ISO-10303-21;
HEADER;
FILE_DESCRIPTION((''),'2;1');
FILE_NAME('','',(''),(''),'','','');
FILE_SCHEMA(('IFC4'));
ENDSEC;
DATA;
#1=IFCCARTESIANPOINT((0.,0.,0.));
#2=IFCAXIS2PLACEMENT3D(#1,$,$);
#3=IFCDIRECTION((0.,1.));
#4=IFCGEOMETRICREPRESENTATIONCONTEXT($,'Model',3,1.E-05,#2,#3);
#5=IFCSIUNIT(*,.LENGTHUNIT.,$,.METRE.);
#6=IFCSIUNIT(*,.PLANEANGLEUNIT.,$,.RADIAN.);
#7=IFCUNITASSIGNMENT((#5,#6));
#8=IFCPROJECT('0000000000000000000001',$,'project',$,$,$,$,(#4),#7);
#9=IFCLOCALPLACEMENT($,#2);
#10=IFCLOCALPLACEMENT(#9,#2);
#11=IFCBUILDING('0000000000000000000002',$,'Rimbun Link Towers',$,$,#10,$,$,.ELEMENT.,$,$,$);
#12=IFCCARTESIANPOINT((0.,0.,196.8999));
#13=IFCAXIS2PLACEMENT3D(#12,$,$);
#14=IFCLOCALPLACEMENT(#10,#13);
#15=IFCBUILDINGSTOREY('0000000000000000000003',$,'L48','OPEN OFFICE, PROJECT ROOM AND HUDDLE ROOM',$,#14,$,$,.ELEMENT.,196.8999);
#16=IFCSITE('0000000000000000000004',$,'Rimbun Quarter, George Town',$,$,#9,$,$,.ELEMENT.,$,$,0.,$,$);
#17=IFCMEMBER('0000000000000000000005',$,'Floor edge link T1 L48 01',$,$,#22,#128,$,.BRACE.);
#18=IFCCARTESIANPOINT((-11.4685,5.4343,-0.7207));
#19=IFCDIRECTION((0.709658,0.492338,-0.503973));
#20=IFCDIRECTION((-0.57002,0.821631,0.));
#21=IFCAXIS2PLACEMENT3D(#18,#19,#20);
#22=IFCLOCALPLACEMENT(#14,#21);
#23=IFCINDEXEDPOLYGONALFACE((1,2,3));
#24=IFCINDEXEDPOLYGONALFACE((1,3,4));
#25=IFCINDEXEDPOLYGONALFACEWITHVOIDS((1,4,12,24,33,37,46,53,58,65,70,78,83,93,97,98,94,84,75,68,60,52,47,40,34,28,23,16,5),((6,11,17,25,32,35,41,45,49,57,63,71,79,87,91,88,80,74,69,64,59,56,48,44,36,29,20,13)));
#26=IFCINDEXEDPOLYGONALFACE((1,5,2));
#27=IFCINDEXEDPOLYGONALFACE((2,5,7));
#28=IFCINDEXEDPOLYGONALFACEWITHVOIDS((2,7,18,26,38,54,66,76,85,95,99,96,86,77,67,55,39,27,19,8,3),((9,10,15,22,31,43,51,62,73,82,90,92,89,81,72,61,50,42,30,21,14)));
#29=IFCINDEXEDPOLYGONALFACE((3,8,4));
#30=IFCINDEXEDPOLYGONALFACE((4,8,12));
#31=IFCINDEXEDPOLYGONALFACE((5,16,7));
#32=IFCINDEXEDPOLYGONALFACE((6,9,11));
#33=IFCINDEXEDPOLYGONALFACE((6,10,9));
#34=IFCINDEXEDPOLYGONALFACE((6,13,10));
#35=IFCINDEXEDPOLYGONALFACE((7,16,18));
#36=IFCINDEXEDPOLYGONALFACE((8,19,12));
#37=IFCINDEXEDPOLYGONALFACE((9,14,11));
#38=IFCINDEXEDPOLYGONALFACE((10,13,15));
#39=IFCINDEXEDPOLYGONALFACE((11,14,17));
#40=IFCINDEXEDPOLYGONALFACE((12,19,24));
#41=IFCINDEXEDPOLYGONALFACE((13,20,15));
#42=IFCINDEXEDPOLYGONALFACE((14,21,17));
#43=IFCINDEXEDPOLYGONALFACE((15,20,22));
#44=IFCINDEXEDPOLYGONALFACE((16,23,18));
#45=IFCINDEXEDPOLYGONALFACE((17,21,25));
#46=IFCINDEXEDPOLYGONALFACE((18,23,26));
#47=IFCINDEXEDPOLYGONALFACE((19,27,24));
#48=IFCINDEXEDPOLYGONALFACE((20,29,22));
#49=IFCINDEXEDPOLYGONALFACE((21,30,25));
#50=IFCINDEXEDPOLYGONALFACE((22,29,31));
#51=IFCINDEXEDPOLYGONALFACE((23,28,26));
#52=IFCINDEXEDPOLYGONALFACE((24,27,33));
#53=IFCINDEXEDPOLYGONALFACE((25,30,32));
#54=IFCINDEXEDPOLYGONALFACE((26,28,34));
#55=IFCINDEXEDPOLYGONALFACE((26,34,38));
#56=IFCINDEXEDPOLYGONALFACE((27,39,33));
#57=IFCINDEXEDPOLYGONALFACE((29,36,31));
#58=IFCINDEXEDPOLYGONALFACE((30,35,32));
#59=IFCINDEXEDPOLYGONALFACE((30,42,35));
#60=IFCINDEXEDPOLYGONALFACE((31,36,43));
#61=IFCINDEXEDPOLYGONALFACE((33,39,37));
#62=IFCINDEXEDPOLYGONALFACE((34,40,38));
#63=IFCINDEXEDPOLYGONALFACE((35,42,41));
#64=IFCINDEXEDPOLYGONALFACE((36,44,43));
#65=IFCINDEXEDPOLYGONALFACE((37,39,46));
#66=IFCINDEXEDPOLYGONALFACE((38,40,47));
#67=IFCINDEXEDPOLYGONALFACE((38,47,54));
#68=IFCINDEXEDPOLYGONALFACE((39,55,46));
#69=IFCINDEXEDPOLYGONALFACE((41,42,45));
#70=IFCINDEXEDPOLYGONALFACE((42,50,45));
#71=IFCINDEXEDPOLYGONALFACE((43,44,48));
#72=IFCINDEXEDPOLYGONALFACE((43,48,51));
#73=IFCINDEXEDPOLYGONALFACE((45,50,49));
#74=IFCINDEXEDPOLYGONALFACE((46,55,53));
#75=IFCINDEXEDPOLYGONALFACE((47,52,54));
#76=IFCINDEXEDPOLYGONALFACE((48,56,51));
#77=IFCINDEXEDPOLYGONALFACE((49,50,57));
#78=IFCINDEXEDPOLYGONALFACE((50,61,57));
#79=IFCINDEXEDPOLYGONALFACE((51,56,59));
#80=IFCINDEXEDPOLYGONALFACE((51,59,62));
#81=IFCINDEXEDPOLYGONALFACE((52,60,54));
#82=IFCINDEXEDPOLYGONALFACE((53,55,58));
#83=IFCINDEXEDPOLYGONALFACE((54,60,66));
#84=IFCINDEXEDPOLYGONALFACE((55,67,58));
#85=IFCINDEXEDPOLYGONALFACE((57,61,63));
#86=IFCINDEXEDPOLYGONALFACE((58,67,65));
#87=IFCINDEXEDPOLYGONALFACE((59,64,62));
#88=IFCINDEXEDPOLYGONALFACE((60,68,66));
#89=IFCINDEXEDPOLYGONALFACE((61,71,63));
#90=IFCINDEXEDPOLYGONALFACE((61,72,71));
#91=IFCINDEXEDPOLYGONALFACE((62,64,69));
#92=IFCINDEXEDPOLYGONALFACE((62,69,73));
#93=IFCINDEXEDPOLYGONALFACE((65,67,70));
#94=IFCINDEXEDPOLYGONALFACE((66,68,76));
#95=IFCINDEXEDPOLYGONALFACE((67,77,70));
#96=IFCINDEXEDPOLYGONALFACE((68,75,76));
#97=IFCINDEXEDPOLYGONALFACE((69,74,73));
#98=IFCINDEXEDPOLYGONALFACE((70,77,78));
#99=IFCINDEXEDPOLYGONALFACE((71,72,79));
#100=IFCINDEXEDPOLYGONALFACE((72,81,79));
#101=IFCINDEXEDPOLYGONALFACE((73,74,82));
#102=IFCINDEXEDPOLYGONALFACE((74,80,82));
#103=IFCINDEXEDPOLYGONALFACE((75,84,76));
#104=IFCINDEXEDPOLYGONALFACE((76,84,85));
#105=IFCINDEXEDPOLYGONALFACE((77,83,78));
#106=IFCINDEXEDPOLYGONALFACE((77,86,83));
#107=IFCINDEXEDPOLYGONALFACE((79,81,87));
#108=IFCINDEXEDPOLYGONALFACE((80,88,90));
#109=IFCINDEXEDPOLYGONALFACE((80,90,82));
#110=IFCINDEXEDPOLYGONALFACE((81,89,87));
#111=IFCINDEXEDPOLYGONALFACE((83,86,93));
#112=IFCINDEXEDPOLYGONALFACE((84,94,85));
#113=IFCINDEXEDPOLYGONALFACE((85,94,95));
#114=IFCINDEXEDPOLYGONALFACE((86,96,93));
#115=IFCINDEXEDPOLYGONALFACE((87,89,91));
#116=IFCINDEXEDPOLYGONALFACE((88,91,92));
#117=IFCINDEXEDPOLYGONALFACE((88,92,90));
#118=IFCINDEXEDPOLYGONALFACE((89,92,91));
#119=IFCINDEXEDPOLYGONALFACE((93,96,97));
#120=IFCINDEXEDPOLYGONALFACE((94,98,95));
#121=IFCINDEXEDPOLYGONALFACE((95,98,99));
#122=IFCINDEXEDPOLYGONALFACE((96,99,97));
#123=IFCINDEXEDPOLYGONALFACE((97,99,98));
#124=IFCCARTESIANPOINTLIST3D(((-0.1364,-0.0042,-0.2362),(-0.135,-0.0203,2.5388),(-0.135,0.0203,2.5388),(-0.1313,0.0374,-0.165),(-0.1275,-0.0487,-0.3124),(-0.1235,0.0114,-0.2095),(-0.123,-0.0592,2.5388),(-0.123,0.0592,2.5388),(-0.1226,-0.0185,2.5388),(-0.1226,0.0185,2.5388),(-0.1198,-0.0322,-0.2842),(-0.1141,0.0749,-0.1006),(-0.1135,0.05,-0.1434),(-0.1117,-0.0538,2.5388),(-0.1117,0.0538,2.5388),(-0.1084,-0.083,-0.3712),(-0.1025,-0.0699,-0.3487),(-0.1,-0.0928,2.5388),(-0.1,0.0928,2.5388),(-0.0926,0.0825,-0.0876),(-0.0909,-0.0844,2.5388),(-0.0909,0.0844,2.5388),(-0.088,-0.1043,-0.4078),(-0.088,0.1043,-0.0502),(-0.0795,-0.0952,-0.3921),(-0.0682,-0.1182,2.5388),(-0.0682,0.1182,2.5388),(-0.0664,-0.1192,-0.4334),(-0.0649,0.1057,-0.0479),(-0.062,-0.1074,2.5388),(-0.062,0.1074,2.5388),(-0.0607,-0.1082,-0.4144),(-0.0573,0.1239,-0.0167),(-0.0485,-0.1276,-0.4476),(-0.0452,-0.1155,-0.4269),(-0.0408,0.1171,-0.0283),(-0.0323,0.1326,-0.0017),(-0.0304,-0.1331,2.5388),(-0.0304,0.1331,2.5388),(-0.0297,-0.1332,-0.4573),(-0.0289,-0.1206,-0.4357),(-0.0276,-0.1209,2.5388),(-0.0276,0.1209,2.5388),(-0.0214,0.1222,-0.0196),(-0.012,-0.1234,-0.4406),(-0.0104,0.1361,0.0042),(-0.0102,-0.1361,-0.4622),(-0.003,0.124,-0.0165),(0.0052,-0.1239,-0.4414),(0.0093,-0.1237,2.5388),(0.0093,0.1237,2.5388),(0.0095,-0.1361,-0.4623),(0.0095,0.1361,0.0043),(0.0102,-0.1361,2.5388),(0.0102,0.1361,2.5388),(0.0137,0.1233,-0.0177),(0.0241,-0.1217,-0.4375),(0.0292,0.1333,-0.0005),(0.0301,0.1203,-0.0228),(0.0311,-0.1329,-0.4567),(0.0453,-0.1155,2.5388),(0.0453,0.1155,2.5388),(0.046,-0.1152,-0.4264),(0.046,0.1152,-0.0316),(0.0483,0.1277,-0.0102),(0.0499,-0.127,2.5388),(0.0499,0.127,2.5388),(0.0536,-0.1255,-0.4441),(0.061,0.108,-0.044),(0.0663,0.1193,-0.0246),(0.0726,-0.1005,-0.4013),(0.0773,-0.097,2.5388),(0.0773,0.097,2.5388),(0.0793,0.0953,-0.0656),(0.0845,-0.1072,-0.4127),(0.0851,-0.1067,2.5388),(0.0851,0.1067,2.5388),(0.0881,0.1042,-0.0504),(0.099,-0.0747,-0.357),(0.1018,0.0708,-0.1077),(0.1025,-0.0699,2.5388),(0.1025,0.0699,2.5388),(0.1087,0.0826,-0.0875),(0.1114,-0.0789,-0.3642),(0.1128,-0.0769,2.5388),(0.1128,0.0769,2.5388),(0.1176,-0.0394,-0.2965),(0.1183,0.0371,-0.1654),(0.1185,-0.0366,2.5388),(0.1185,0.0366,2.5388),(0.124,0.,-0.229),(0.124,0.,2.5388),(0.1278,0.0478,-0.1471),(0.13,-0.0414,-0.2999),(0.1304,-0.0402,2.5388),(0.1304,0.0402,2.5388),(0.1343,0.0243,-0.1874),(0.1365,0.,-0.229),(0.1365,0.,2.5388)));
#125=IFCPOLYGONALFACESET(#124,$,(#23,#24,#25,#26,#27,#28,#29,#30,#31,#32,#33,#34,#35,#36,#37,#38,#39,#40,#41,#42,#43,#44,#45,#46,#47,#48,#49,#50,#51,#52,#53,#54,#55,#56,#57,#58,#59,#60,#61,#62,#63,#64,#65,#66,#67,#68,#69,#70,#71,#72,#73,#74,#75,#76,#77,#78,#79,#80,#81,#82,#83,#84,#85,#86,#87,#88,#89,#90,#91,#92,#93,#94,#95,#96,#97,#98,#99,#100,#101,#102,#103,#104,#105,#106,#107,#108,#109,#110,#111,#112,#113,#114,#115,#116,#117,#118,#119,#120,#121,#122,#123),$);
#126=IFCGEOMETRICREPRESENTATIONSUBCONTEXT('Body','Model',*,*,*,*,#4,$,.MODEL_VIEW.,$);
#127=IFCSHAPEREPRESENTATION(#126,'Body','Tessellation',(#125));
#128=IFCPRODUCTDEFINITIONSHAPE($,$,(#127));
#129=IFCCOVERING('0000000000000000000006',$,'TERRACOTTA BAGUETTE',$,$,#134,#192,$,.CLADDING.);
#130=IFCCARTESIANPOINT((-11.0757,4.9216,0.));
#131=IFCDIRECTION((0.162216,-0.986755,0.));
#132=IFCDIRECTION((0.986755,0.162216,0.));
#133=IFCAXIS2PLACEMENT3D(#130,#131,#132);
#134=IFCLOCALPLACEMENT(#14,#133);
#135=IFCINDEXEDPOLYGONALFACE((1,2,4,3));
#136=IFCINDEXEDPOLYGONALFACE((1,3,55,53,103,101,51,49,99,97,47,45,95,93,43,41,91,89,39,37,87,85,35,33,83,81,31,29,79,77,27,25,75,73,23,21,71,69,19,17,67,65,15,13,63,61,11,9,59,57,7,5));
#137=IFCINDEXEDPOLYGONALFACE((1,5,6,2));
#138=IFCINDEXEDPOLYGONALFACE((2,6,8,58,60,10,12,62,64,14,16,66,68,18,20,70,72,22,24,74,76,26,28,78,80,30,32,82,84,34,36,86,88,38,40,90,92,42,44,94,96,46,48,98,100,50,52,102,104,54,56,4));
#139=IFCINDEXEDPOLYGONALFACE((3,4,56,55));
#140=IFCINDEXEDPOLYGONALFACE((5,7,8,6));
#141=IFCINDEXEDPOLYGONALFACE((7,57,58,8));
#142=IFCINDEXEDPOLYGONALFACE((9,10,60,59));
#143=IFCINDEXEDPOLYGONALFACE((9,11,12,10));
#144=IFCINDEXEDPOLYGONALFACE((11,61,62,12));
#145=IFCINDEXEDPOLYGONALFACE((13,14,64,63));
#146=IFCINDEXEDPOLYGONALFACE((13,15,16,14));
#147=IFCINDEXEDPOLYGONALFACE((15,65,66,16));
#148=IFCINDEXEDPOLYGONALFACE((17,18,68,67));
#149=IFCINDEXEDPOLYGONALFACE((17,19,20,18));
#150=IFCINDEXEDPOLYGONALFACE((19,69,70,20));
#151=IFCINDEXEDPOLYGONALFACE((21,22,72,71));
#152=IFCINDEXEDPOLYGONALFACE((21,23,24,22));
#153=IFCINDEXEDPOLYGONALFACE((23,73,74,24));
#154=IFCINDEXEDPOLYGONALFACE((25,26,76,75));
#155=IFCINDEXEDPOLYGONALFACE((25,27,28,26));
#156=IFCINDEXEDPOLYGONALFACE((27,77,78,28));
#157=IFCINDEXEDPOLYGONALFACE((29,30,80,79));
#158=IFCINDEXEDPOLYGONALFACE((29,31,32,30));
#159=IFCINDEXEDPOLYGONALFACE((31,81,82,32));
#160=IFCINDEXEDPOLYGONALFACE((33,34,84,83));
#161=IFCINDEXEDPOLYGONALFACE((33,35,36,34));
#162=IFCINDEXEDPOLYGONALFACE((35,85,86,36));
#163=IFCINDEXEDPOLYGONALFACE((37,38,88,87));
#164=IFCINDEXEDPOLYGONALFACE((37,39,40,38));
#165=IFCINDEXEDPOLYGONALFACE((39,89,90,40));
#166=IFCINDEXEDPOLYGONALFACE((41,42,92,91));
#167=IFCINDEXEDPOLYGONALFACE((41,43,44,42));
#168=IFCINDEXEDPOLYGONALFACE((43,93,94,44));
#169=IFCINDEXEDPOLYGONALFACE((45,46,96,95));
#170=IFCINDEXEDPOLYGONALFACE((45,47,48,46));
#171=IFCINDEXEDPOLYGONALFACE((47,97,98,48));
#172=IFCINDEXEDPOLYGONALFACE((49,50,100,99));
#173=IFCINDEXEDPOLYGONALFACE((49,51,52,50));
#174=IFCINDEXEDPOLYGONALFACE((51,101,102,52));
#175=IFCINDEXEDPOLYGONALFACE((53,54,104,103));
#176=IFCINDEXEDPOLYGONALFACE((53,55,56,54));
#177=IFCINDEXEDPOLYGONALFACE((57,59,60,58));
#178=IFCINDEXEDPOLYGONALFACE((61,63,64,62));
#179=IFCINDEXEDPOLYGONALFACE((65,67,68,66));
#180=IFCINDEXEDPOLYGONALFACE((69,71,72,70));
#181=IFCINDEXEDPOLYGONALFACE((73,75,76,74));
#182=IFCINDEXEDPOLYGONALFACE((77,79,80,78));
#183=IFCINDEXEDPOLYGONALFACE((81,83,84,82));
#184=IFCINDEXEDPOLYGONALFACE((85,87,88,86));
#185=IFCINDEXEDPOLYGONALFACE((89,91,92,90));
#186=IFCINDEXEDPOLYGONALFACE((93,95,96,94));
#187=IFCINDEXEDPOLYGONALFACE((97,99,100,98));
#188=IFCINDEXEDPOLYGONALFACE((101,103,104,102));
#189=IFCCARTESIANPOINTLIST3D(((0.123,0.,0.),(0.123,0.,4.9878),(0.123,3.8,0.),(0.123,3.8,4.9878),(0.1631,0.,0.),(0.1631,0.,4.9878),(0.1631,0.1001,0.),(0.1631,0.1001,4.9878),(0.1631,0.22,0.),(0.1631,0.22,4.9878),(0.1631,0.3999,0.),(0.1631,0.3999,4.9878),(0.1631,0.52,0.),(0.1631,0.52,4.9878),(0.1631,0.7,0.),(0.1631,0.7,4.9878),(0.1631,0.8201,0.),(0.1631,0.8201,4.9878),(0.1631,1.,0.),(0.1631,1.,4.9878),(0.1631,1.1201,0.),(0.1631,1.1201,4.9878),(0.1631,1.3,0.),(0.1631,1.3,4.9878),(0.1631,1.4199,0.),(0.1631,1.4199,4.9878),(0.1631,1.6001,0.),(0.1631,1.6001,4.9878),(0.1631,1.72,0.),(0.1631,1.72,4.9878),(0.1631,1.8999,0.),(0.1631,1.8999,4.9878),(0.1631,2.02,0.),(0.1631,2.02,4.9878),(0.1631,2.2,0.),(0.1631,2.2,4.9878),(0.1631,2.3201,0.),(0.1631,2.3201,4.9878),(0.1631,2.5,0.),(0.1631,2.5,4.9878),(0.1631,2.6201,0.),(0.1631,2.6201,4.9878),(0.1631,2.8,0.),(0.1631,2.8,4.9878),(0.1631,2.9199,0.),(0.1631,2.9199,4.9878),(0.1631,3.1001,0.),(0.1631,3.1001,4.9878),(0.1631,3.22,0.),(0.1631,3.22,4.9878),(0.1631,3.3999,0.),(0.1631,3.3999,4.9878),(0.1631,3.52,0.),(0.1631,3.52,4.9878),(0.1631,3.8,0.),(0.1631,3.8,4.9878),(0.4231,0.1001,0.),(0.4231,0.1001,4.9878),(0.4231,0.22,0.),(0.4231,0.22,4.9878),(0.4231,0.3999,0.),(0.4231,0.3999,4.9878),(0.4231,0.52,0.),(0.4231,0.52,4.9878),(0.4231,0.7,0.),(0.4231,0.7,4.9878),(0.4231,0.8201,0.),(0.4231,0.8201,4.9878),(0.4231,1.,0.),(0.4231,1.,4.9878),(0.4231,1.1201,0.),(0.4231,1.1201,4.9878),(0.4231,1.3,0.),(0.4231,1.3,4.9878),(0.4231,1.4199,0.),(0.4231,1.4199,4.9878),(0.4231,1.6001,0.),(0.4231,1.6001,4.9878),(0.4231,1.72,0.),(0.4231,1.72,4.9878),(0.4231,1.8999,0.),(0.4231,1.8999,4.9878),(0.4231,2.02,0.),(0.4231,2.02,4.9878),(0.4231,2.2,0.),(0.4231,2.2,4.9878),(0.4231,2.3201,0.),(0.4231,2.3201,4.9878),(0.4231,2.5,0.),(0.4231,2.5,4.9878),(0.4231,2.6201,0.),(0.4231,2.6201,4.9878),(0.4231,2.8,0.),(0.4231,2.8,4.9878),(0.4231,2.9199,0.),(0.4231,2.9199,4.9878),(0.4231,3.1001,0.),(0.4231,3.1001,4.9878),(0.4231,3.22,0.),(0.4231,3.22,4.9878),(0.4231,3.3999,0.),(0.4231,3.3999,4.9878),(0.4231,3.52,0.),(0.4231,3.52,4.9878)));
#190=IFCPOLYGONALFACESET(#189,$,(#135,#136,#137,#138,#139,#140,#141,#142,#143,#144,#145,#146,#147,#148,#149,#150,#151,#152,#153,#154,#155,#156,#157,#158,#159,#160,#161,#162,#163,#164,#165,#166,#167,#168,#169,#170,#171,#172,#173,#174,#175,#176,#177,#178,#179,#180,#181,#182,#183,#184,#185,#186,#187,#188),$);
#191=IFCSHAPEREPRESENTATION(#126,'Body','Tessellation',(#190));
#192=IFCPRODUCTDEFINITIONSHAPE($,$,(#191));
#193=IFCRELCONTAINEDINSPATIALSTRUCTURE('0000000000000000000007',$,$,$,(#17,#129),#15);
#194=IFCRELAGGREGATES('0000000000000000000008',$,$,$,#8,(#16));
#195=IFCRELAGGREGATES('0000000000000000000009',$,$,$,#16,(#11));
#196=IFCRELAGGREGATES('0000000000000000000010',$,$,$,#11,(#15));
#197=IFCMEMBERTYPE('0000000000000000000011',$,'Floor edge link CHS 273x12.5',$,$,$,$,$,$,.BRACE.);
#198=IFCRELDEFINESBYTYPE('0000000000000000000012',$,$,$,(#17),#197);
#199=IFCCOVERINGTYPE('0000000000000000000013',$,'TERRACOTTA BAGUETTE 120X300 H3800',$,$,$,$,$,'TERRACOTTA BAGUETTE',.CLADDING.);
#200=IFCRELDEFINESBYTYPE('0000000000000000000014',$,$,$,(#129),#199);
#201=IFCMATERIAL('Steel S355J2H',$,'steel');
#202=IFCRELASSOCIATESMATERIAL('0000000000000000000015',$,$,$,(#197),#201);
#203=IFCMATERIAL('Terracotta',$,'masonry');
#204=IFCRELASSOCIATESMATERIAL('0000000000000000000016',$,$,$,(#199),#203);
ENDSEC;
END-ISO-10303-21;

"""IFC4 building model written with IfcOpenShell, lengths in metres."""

from ifc_helpers import new_model, si_unit, direction, frame, origin, origin_2d, place, context, subcontext, project, spatial, polyline, hollow_circle, outline, extrude, clip, halfspace, material, material_profile, profile_set, type_object, element, save


model = new_model("IFC4")

# Units and contexts
model_context = context("Model", 3, precision=1e-05, world=origin(), true_north=direction((0.0, 1.0)))
body_context = subcontext(model_context, "Body", "Model", "MODEL_VIEW")
ifc_project = project(units=[si_unit("LENGTHUNIT", "METRE"), si_unit("PLANEANGLEUNIT", "RADIAN")], contexts=[model_context])

# Site, building, storey
site_placement = place(None, origin())
site = spatial("IfcSite", under=ifc_project, at=site_placement, Name="Rimbun Quarter, George Town", CompositionType="ELEMENT", RefElevation=0.0)
building_placement = place(site_placement, origin())
building = spatial("IfcBuilding", under=site, at=building_placement, Name="Rimbun Link Towers", CompositionType="ELEMENT")
storey_placement = place(building_placement, frame((0.0, 0.0, 196.8999)))
storey = spatial("IfcBuildingStorey", under=building, at=storey_placement, Name="L48", Description="OPEN OFFICE, PROJECT ROOM AND HUDDLE ROOM", CompositionType="ELEMENT", Elevation=196.8999)

# Member
ifc_material_1 = material(Name="Steel S355J2H", Category="steel")
ifc_material_profile_1 = material_profile(ifc_material_1, hollow_circle(Radius=0.1365, WallThickness=0.0125, at=origin_2d()), Name="CHS 273x12.5")
ifc_profile_set_1 = profile_set([ifc_material_profile_1], Name="Steel S355J2H")
member_type_1 = type_object("IfcMemberType", Name="Floor edge link CHS 273x12.5", PredefinedType="BRACE", material=ifc_profile_set_1)
member_1_placement = place(storey_placement, frame((-11.4685, 5.4343, -0.7207), z_axis=(0.709658, 0.492338, -0.503973), x_axis=(-0.57002, 0.821631, 0.0)))
element("IfcMember", 1, at=member_1_placement, inside=storey, type_object=member_type_1, Name="Floor edge link T1 L48 01", PredefinedType="BRACE", context=body_context, shape_type="Clipping", body=[
    clip(extrude(hollow_circle(Radius=0.1365, WallThickness=0.0125, at=origin_2d()), frame((0.0, 0.0, -0.4878)), (0.0, 0.0, 1.0), 3.0266), halfspace(frame((0.0, 0.0, -0.229), z_axis=(0.0, 0.863719, -0.503973)), False)),
])

# Covering
ifc_material_2 = material(Name="Terracotta", Category="masonry")
ifc_material_profile_2 = material_profile(ifc_material_2, outline(polyline([(0.123, 0.0), (0.1631, 0.0), (0.1631, 0.1001), (0.4231, 0.1001), (0.4231, 0.22), (0.1631, 0.22), (0.1631, 0.3999), (0.4231, 0.3999), (0.4231, 0.52), (0.1631, 0.52), (0.1631, 0.7), (0.4231, 0.7), (0.4231, 0.8201), (0.1631, 0.8201), (0.1631, 1.0), (0.4231, 1.0), (0.4231, 1.1201), (0.1631, 1.1201), (0.1631, 1.3), (0.4231, 1.3), (0.4231, 1.4199), (0.1631, 1.4199), (0.1631, 1.6001), (0.4231, 1.6001), (0.4231, 1.72), (0.1631, 1.72), (0.1631, 1.8999), (0.4231, 1.8999), (0.4231, 2.02), (0.1631, 2.02), (0.1631, 2.2), (0.4231, 2.2), (0.4231, 2.3201), (0.1631, 2.3201), (0.1631, 2.5), (0.4231, 2.5), (0.4231, 2.6201), (0.1631, 2.6201), (0.1631, 2.8), (0.4231, 2.8), (0.4231, 2.9199), (0.1631, 2.9199), (0.1631, 3.1001), (0.4231, 3.1001), (0.4231, 3.22), (0.1631, 3.22), (0.1631, 3.3999), (0.4231, 3.3999), (0.4231, 3.52), (0.1631, 3.52), (0.1631, 3.8), (0.123, 3.8), (0.123, 0.0)])), Name="BAGUETTE 120X300")
ifc_profile_set_2 = profile_set([ifc_material_profile_2], Name="Terracotta")
covering_type = type_object("IfcCoveringType", Name="TERRACOTTA BAGUETTE 120X300 H3800", ElementType="TERRACOTTA BAGUETTE", PredefinedType="CLADDING", material=ifc_profile_set_2)
covering_1_placement = place(storey_placement, frame((-11.0757, 4.9216, 0.0), z_axis=(0.162216, -0.986755, 0.0), x_axis=(0.986755, 0.162216, 0.0)))
element("IfcCovering", 2, at=covering_1_placement, inside=storey, type_object=covering_type, Name="TERRACOTTA BAGUETTE", PredefinedType="CLADDING", context=body_context, shape_type="SweptSolid", body=[
    extrude(outline(polyline([(0.123, 0.0), (0.1631, 0.0), (0.1631, 0.1001), (0.4231, 0.1001), (0.4231, 0.22), (0.1631, 0.22), (0.1631, 0.3999), (0.4231, 0.3999), (0.4231, 0.52), (0.1631, 0.52), (0.1631, 0.7), (0.4231, 0.7), (0.4231, 0.8201), (0.1631, 0.8201), (0.1631, 1.0), (0.4231, 1.0), (0.4231, 1.1201), (0.1631, 1.1201), (0.1631, 1.3), (0.4231, 1.3), (0.4231, 1.4199), (0.1631, 1.4199), (0.1631, 1.6001), (0.4231, 1.6001), (0.4231, 1.72), (0.1631, 1.72), (0.1631, 1.8999), (0.4231, 1.8999), (0.4231, 2.02), (0.1631, 2.02), (0.1631, 2.2), (0.4231, 2.2), (0.4231, 2.3201), (0.1631, 2.3201), (0.1631, 2.5), (0.4231, 2.5), (0.4231, 2.6201), (0.1631, 2.6201), (0.1631, 2.8), (0.4231, 2.8), (0.4231, 2.9199), (0.1631, 2.9199), (0.1631, 3.1001), (0.4231, 3.1001), (0.4231, 3.22), (0.1631, 3.22), (0.1631, 3.3999), (0.4231, 3.3999), (0.4231, 3.52), (0.1631, 3.52), (0.1631, 3.8), (0.123, 3.8), (0.123, 0.0)])), origin(), (0.0, 0.0, 1.0), 4.9878),
])

save(model, "model.ifc")
